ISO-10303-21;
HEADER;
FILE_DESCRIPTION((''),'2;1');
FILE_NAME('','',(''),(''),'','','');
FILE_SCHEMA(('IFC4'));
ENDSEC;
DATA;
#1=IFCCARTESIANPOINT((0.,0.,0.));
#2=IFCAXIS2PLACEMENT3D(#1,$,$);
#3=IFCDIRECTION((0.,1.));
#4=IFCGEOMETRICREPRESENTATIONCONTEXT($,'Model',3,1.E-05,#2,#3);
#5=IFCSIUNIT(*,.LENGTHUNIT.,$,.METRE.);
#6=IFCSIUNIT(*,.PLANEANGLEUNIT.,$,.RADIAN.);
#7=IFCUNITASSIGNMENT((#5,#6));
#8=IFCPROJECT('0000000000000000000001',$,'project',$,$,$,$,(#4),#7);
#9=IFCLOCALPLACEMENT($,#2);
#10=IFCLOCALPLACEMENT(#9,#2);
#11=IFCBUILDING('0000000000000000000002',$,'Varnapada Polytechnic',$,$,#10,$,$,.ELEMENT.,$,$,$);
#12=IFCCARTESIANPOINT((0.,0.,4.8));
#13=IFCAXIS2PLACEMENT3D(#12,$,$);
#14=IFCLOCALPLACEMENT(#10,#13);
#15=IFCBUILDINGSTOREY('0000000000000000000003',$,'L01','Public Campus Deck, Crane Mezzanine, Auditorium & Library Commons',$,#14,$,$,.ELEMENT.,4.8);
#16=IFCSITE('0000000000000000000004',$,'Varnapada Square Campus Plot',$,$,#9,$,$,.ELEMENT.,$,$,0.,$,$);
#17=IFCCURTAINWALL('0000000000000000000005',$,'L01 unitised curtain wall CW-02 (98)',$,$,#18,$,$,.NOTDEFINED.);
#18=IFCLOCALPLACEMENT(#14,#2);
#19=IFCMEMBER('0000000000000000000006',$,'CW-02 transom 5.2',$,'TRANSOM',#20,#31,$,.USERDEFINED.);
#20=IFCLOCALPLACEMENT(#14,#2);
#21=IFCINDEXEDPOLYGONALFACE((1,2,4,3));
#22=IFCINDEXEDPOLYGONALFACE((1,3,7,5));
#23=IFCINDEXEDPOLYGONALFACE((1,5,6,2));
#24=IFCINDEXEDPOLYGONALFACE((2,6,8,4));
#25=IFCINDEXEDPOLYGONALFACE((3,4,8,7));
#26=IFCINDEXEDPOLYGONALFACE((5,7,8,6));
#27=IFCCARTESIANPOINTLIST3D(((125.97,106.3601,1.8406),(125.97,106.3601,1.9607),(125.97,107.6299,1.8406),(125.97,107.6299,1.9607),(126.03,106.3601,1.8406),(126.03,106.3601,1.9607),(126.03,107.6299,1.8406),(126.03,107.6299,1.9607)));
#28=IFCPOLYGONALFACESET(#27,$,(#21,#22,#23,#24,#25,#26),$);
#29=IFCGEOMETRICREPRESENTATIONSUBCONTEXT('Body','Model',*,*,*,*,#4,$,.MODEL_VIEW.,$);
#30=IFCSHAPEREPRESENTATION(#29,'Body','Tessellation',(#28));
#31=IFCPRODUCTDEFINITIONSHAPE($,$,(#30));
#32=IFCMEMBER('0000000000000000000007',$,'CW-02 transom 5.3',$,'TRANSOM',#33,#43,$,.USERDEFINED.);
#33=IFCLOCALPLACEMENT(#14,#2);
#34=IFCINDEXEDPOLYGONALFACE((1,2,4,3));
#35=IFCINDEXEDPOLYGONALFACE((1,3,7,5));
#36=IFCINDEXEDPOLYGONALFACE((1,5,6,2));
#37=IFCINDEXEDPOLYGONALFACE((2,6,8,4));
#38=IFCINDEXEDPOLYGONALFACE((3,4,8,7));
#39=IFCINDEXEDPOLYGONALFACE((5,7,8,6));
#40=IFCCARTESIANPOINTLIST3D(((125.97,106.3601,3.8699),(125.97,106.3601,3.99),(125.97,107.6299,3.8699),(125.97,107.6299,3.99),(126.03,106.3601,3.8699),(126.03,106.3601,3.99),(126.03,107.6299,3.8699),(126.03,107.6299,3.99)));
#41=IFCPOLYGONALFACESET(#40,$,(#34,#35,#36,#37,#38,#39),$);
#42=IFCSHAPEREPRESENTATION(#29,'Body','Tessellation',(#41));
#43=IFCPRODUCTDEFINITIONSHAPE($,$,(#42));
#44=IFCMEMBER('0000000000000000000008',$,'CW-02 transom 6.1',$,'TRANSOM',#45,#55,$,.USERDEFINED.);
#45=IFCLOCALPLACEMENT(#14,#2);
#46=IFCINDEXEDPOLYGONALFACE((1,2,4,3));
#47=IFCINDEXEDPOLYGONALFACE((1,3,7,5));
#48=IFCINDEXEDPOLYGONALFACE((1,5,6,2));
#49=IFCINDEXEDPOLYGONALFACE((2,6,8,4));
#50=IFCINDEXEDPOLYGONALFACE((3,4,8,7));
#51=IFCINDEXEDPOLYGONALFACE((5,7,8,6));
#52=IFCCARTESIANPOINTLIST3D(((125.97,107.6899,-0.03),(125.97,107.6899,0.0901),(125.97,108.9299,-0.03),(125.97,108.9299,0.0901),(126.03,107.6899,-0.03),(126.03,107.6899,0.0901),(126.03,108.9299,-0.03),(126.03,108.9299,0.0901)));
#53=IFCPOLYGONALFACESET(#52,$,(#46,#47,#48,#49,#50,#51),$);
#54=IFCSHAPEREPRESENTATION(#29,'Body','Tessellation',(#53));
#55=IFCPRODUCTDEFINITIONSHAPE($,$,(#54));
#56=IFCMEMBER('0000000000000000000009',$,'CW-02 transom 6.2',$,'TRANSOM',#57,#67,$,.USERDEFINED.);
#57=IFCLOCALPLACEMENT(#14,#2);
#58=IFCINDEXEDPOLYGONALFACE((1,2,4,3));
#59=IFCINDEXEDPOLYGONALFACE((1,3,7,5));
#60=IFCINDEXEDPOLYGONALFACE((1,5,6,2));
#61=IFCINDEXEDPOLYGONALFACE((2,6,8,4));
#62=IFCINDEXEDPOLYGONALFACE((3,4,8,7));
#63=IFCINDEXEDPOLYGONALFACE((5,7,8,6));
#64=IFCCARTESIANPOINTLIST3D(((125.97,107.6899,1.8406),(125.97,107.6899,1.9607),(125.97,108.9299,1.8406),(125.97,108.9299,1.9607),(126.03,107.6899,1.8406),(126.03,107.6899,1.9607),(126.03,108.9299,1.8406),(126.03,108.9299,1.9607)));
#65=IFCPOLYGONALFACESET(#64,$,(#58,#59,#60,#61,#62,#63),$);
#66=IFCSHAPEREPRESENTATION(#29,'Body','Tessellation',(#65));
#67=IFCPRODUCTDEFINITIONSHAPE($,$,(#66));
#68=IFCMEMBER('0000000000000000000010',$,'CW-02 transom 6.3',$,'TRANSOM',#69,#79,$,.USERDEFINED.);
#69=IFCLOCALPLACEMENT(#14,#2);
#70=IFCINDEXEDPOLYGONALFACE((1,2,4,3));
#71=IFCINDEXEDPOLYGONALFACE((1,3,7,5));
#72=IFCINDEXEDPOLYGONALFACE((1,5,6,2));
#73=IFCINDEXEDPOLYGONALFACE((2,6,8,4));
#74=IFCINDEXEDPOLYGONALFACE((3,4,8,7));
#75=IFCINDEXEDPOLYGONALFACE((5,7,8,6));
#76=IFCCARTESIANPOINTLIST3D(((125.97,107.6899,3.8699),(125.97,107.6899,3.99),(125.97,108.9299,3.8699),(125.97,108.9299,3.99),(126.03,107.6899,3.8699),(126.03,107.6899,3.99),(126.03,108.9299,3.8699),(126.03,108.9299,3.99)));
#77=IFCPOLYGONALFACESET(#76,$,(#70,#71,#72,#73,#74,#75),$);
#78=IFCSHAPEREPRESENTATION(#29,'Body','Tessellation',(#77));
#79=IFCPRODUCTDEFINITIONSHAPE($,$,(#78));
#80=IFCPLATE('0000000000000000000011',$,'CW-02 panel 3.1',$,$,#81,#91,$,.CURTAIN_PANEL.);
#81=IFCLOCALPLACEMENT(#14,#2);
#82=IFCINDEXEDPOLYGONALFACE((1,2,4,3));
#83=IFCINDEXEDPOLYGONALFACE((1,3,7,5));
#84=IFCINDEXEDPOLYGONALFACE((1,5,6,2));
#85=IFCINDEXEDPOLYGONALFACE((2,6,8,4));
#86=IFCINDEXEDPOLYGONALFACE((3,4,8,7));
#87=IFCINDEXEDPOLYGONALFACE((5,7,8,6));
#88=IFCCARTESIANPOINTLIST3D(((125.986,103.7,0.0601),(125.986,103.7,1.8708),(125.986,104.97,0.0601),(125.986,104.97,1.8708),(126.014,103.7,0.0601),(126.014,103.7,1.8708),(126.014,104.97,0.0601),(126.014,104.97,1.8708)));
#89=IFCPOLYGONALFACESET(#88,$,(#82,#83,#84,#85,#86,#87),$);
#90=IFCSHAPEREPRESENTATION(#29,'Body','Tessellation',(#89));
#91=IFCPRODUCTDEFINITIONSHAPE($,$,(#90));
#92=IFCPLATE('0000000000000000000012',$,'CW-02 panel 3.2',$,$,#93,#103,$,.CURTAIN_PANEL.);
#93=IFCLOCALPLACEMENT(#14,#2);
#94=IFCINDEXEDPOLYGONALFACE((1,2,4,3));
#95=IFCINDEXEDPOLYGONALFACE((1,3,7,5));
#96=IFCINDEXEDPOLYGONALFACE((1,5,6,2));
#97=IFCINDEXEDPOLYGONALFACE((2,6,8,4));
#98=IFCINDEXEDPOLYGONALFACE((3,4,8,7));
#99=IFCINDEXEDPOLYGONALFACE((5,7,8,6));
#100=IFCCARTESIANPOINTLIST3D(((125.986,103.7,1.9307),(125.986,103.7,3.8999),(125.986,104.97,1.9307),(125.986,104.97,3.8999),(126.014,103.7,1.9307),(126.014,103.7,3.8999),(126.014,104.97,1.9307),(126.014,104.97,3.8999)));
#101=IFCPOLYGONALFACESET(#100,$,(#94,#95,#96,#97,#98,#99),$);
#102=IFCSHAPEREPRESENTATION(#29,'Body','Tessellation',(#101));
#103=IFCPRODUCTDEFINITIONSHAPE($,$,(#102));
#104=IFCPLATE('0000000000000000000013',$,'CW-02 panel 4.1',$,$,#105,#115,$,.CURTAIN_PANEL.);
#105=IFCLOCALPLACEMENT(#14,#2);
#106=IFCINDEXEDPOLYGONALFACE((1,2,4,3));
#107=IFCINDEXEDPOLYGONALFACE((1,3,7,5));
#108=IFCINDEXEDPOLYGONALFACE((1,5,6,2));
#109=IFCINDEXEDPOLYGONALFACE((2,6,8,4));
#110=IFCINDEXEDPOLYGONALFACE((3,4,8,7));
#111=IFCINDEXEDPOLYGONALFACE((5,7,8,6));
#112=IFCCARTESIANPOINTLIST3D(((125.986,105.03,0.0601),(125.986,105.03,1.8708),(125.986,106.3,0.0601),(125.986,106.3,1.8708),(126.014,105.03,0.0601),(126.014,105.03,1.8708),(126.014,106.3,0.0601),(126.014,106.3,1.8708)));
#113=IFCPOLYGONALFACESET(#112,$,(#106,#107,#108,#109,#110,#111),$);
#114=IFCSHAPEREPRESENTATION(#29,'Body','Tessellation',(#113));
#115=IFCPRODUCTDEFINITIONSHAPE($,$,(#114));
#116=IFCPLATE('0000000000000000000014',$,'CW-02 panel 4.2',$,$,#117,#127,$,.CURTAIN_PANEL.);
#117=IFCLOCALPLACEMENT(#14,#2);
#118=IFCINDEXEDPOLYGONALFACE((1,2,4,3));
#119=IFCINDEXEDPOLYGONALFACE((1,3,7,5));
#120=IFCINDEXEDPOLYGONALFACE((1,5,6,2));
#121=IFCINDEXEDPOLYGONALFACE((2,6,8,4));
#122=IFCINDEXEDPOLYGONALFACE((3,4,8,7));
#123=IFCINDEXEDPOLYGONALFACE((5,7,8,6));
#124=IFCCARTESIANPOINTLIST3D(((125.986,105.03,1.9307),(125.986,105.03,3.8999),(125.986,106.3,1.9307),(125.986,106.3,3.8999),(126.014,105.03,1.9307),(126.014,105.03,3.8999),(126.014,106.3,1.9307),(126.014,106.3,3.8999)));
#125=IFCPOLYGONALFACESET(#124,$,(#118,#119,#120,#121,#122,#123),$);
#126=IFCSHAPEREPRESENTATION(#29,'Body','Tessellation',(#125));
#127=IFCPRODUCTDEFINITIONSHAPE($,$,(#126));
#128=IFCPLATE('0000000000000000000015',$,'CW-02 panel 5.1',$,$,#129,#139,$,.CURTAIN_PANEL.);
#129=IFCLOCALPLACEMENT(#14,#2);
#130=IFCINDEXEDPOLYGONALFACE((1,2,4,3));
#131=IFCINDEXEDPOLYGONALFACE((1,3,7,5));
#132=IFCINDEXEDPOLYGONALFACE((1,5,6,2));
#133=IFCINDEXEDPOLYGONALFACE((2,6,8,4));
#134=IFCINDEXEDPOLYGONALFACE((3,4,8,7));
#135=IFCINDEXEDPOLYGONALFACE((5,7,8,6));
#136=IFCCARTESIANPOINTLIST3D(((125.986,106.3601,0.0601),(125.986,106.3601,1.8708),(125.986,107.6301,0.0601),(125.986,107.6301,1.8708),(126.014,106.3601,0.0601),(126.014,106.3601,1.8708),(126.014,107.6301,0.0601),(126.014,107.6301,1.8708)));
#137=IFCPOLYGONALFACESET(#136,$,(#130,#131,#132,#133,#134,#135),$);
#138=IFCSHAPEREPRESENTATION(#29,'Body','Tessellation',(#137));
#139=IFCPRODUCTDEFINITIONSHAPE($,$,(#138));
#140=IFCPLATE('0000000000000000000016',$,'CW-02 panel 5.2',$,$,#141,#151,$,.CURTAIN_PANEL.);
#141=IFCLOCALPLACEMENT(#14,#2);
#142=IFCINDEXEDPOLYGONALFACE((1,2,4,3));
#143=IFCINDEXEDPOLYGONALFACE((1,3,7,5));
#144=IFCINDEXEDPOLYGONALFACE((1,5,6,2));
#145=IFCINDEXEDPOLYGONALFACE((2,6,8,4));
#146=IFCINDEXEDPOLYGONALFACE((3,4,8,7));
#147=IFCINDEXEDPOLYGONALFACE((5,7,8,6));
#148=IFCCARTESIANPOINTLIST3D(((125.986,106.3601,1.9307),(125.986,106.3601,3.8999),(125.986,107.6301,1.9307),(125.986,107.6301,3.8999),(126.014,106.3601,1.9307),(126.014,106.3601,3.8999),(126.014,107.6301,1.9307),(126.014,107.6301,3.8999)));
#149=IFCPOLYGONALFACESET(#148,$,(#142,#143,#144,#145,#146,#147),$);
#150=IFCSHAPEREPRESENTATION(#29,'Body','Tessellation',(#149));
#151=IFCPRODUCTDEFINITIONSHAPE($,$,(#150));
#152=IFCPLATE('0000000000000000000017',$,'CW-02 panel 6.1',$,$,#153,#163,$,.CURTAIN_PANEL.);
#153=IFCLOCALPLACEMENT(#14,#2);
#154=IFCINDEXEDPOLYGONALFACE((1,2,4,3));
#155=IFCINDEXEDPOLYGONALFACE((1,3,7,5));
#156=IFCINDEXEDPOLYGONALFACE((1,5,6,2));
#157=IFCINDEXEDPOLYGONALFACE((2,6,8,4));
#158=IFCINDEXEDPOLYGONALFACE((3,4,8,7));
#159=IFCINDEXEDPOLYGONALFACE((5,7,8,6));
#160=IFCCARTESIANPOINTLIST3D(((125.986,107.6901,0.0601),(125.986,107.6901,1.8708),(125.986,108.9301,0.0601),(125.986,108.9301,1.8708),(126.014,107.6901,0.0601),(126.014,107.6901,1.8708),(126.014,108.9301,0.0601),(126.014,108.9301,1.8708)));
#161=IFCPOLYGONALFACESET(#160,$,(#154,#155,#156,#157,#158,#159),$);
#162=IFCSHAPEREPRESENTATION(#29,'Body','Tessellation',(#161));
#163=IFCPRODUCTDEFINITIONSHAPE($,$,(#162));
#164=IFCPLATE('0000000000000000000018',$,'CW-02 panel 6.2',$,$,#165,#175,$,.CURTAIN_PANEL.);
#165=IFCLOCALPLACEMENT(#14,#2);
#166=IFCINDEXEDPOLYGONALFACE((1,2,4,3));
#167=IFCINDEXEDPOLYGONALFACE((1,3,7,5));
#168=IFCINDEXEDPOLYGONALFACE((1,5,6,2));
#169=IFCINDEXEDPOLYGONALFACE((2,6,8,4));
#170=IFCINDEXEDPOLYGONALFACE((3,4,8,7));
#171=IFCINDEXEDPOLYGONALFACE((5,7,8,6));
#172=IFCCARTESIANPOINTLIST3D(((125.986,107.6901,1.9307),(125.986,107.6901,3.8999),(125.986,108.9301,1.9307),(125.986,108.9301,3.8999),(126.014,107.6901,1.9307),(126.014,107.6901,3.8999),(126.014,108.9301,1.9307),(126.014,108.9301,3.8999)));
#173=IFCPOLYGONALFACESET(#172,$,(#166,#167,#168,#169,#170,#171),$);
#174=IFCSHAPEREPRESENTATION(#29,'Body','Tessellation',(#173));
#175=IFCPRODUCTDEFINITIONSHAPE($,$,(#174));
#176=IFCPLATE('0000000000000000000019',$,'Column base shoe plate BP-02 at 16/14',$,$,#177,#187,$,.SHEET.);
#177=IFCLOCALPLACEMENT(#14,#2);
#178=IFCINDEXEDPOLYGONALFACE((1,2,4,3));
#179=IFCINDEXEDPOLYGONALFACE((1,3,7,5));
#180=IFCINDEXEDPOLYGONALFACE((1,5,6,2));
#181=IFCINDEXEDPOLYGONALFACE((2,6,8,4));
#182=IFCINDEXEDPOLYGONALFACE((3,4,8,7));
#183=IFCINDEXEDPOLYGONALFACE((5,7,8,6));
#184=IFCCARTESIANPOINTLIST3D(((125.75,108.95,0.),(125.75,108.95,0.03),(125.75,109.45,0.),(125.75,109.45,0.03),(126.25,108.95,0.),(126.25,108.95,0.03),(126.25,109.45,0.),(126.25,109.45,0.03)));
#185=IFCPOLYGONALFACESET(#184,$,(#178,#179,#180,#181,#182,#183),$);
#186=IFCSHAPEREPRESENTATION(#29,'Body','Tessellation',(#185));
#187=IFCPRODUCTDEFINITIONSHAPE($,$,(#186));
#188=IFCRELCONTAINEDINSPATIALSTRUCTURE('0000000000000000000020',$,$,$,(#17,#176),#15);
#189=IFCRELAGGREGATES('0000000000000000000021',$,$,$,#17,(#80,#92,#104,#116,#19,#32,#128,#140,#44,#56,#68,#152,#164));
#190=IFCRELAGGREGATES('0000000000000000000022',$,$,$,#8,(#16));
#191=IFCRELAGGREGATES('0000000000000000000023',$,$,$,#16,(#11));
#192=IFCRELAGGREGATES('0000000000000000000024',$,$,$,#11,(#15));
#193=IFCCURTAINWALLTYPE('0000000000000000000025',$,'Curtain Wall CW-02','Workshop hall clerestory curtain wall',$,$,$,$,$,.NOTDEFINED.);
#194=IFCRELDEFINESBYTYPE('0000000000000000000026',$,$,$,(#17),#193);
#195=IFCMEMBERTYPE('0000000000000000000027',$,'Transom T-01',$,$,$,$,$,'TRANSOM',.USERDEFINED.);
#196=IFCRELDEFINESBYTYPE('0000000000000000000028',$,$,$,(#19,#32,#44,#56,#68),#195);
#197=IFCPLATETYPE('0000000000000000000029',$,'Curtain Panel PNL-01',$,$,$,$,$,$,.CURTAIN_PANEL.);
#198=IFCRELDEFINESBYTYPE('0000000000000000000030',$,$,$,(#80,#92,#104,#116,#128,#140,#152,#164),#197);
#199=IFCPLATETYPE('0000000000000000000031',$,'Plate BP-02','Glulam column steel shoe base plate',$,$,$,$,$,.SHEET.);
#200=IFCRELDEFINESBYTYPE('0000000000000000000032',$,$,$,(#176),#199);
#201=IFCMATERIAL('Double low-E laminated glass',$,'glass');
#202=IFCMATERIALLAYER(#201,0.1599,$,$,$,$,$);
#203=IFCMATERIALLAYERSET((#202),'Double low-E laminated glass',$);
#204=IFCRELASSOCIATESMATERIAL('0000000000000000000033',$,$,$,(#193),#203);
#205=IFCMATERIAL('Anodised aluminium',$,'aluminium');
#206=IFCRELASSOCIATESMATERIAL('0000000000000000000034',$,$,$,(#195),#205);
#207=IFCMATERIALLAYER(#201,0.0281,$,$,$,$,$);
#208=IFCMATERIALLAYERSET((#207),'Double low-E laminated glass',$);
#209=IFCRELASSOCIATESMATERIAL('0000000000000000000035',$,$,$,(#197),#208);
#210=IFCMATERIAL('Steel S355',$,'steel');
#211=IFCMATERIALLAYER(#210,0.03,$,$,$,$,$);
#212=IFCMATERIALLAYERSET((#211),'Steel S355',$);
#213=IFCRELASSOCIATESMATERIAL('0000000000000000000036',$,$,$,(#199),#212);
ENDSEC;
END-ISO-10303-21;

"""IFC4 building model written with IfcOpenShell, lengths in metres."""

from ifc_helpers import new_model, si_unit, direction, frame, origin, origin_2d, place, context, subcontext, project, spatial, rectangle, extrude, material, layer, layer_set, material_profile, profile_set, type_object, element, aggregate, save


model = new_model("IFC4")

# Units and contexts
model_context = context("Model", 3, precision=1e-05, world=origin(), true_north=direction((0.0, 1.0)))
body_context = subcontext(model_context, "Body", "Model", "MODEL_VIEW")
ifc_project = project(units=[si_unit("LENGTHUNIT", "METRE"), si_unit("PLANEANGLEUNIT", "RADIAN")], contexts=[model_context])

# Site, building, storey
site_placement = place(None, origin())
site = spatial("IfcSite", under=ifc_project, at=site_placement, Name="Varnapada Square Campus Plot", CompositionType="ELEMENT", RefElevation=0.0)
building_placement = place(site_placement, origin())
building = spatial("IfcBuilding", under=site, at=building_placement, Name="Varnapada Polytechnic", CompositionType="ELEMENT")
storey_placement = place(building_placement, frame((0.0, 0.0, 4.8)))
storey = spatial("IfcBuildingStorey", under=building, at=storey_placement, Name="L01", Description="Public Campus Deck, Crane Mezzanine, Auditorium & Library Commons", CompositionType="ELEMENT", Elevation=4.8)

# Shared definitions
ifc_material_1 = material(Name="Steel S355", Category="steel")

# Curtain wall, members, plates
ifc_material_2 = material(Name="Double low-E laminated glass", Category="glass")
ifc_layer_1 = layer(ifc_material_2, 0.1599)
ifc_layer_set_1 = layer_set([ifc_layer_1], Name="Double low-E laminated glass")
curtain_wall_type = type_object("IfcCurtainWallType", Name="Curtain Wall CW-02", Description="Workshop hall clerestory curtain wall", PredefinedType="NOTDEFINED", material=ifc_layer_set_1)
curtain_wall_placement = place(storey_placement, origin())
curtain_wall = element("IfcCurtainWall", 1, at=curtain_wall_placement, inside=storey, type_object=curtain_wall_type, Name="L01 unitised curtain wall CW-02 (98)", PredefinedType="NOTDEFINED")
ifc_material_3 = material(Name="Anodised aluminium", Category="aluminium")
ifc_material_profile_1 = material_profile(ifc_material_3, rectangle(XDim=0.0601, YDim=0.1201, at=origin_2d()), Name="ALU T60x120")
ifc_profile_set_1 = profile_set([ifc_material_profile_1], Name="Anodised aluminium")
member_type_1 = type_object("IfcMemberType", Name="Transom T-01", ElementType="TRANSOM", PredefinedType="USERDEFINED", material=ifc_profile_set_1)
member_1_placement = place(storey_placement, frame((126.0, 106.3601, 1.9006), z_axis=(0.0, 1.0, 0.0), x_axis=(-1.0, 0.0, 0.0)))
member_1 = element("IfcMember", 2, at=member_1_placement, type_object=member_type_1, Name="CW-02 transom 5.2", ObjectType="TRANSOM", PredefinedType="USERDEFINED", context=body_context, shape_type="SweptSolid", body=[
    extrude(rectangle(XDim=0.0601, YDim=0.1201, at=origin_2d()), origin(), (0.0, 0.0, 1.0), 1.2698),
])
member_2_placement = place(storey_placement, frame((126.0, 106.3601, 3.9299), z_axis=(0.0, 1.0, 0.0), x_axis=(-1.0, 0.0, 0.0)))
member_2 = element("IfcMember", 3, at=member_2_placement, type_object=member_type_1, Name="CW-02 transom 5.3", ObjectType="TRANSOM", PredefinedType="USERDEFINED", context=body_context, shape_type="SweptSolid", body=[
    extrude(rectangle(XDim=0.0601, YDim=0.1201, at=origin_2d()), origin(), (0.0, 0.0, 1.0), 1.2698),
])
member_3_placement = place(storey_placement, frame((126.0, 107.6899, 0.03), z_axis=(0.0, 1.0, 0.0), x_axis=(-1.0, 0.0, 0.0)))
member_3 = element("IfcMember", 4, at=member_3_placement, type_object=member_type_1, Name="CW-02 transom 6.1", ObjectType="TRANSOM", PredefinedType="USERDEFINED", context=body_context, shape_type="SweptSolid", body=[
    extrude(rectangle(XDim=0.0601, YDim=0.1201, at=origin_2d()), origin(), (0.0, 0.0, 1.0), 1.24),
])
member_4_placement = place(storey_placement, frame((126.0, 107.6899, 1.9006), z_axis=(0.0, 1.0, 0.0), x_axis=(-1.0, 0.0, 0.0)))
member_4 = element("IfcMember", 5, at=member_4_placement, type_object=member_type_1, Name="CW-02 transom 6.2", ObjectType="TRANSOM", PredefinedType="USERDEFINED", context=body_context, shape_type="SweptSolid", body=[
    extrude(rectangle(XDim=0.0601, YDim=0.1201, at=origin_2d()), origin(), (0.0, 0.0, 1.0), 1.24),
])
member_5_placement = place(storey_placement, frame((126.0, 107.6899, 3.9299), z_axis=(0.0, 1.0, 0.0), x_axis=(-1.0, 0.0, 0.0)))
member_5 = element("IfcMember", 6, at=member_5_placement, type_object=member_type_1, Name="CW-02 transom 6.3", ObjectType="TRANSOM", PredefinedType="USERDEFINED", context=body_context, shape_type="SweptSolid", body=[
    extrude(rectangle(XDim=0.0601, YDim=0.1201, at=origin_2d()), origin(), (0.0, 0.0, 1.0), 1.24),
])
ifc_layer_2 = layer(ifc_material_2, 0.0281)
ifc_layer_set_2 = layer_set([ifc_layer_2], Name="Double low-E laminated glass")
plate_type_1 = type_object("IfcPlateType", Name="Curtain Panel PNL-01", PredefinedType="CURTAIN_PANEL", material=ifc_layer_set_2)
plate_1_placement = place(storey_placement, frame((126.0, 104.335, 0.0601), z_axis=(0.0, 0.0, 1.0), x_axis=(0.0, 1.0, 0.0)))
plate_1 = element("IfcPlate", 7, at=plate_1_placement, type_object=plate_type_1, Name="CW-02 panel 3.1", PredefinedType="CURTAIN_PANEL", context=body_context, shape_type="SweptSolid", body=[
    extrude(rectangle(XDim=1.27, YDim=0.0281, at=origin_2d()), origin(), (0.0, 0.0, 1.0), 1.8108),
])
plate_2_placement = place(storey_placement, frame((126.0, 104.335, 1.9307), z_axis=(0.0, 0.0, 1.0), x_axis=(0.0, 1.0, 0.0)))
plate_2 = element("IfcPlate", 8, at=plate_2_placement, type_object=plate_type_1, Name="CW-02 panel 3.2", PredefinedType="CURTAIN_PANEL", context=body_context, shape_type="SweptSolid", body=[
    extrude(rectangle(XDim=1.27, YDim=0.0281, at=origin_2d()), origin(), (0.0, 0.0, 1.0), 1.9692),
])
plate_3_placement = place(storey_placement, frame((126.0, 105.665, 0.0601), z_axis=(0.0, 0.0, 1.0), x_axis=(0.0, 1.0, 0.0)))
plate_3 = element("IfcPlate", 9, at=plate_3_placement, type_object=plate_type_1, Name="CW-02 panel 4.1", PredefinedType="CURTAIN_PANEL", context=body_context, shape_type="SweptSolid", body=[
    extrude(rectangle(XDim=1.27, YDim=0.0281, at=origin_2d()), origin(), (0.0, 0.0, 1.0), 1.8108),
])
plate_4_placement = place(storey_placement, frame((126.0, 105.665, 1.9307), z_axis=(0.0, 0.0, 1.0), x_axis=(0.0, 1.0, 0.0)))
plate_4 = element("IfcPlate", 10, at=plate_4_placement, type_object=plate_type_1, Name="CW-02 panel 4.2", PredefinedType="CURTAIN_PANEL", context=body_context, shape_type="SweptSolid", body=[
    extrude(rectangle(XDim=1.27, YDim=0.0281, at=origin_2d()), origin(), (0.0, 0.0, 1.0), 1.9692),
])
plate_5_placement = place(storey_placement, frame((126.0, 106.9951, 0.0601), z_axis=(0.0, 0.0, 1.0), x_axis=(0.0, 1.0, 0.0)))
plate_5 = element("IfcPlate", 11, at=plate_5_placement, type_object=plate_type_1, Name="CW-02 panel 5.1", PredefinedType="CURTAIN_PANEL", context=body_context, shape_type="SweptSolid", body=[
    extrude(rectangle(XDim=1.27, YDim=0.0281, at=origin_2d()), origin(), (0.0, 0.0, 1.0), 1.8108),
])
plate_6_placement = place(storey_placement, frame((126.0, 106.9951, 1.9307), z_axis=(0.0, 0.0, 1.0), x_axis=(0.0, 1.0, 0.0)))
plate_6 = element("IfcPlate", 12, at=plate_6_placement, type_object=plate_type_1, Name="CW-02 panel 5.2", PredefinedType="CURTAIN_PANEL", context=body_context, shape_type="SweptSolid", body=[
    extrude(rectangle(XDim=1.27, YDim=0.0281, at=origin_2d()), origin(), (0.0, 0.0, 1.0), 1.9692),
])
plate_7_placement = place(storey_placement, frame((126.0, 108.3101, 0.0601), z_axis=(0.0, 0.0, 1.0), x_axis=(0.0, 1.0, 0.0)))
plate_7 = element("IfcPlate", 13, at=plate_7_placement, type_object=plate_type_1, Name="CW-02 panel 6.1", PredefinedType="CURTAIN_PANEL", context=body_context, shape_type="SweptSolid", body=[
    extrude(rectangle(XDim=1.24, YDim=0.0281, at=origin_2d()), origin(), (0.0, 0.0, 1.0), 1.8108),
])
plate_8_placement = place(storey_placement, frame((126.0, 108.3101, 1.9307), z_axis=(0.0, 0.0, 1.0), x_axis=(0.0, 1.0, 0.0)))
plate_8 = element("IfcPlate", 14, at=plate_8_placement, type_object=plate_type_1, Name="CW-02 panel 6.2", PredefinedType="CURTAIN_PANEL", context=body_context, shape_type="SweptSolid", body=[
    extrude(rectangle(XDim=1.24, YDim=0.0281, at=origin_2d()), origin(), (0.0, 0.0, 1.0), 1.9692),
])
aggregate(curtain_wall, [plate_1, plate_2, plate_3, plate_4, member_1, member_2, plate_5, plate_6, member_3, member_4, member_5, plate_7, plate_8])

# Plate
ifc_layer_3 = layer(ifc_material_1, 0.03)
ifc_layer_set_3 = layer_set([ifc_layer_3], Name="Steel S355")
plate_type_2 = type_object("IfcPlateType", Name="Plate BP-02", Description="Glulam column steel shoe base plate", PredefinedType="SHEET", material=ifc_layer_set_3)
plate_9_placement = place(storey_placement, frame((126.0, 109.2, 0.0), z_axis=(0.0, 0.0, 1.0), x_axis=(1.0, 0.0, 0.0)))
element("IfcPlate", 15, at=plate_9_placement, inside=storey, type_object=plate_type_2, Name="Column base shoe plate BP-02 at 16/14", PredefinedType="SHEET", context=body_context, shape_type="SweptSolid", body=[
    extrude(rectangle(XDim=0.5, YDim=0.5, at=origin_2d()), origin(), (0.0, 0.0, 1.0), 0.03),
])

save(model, "model.ifc")
